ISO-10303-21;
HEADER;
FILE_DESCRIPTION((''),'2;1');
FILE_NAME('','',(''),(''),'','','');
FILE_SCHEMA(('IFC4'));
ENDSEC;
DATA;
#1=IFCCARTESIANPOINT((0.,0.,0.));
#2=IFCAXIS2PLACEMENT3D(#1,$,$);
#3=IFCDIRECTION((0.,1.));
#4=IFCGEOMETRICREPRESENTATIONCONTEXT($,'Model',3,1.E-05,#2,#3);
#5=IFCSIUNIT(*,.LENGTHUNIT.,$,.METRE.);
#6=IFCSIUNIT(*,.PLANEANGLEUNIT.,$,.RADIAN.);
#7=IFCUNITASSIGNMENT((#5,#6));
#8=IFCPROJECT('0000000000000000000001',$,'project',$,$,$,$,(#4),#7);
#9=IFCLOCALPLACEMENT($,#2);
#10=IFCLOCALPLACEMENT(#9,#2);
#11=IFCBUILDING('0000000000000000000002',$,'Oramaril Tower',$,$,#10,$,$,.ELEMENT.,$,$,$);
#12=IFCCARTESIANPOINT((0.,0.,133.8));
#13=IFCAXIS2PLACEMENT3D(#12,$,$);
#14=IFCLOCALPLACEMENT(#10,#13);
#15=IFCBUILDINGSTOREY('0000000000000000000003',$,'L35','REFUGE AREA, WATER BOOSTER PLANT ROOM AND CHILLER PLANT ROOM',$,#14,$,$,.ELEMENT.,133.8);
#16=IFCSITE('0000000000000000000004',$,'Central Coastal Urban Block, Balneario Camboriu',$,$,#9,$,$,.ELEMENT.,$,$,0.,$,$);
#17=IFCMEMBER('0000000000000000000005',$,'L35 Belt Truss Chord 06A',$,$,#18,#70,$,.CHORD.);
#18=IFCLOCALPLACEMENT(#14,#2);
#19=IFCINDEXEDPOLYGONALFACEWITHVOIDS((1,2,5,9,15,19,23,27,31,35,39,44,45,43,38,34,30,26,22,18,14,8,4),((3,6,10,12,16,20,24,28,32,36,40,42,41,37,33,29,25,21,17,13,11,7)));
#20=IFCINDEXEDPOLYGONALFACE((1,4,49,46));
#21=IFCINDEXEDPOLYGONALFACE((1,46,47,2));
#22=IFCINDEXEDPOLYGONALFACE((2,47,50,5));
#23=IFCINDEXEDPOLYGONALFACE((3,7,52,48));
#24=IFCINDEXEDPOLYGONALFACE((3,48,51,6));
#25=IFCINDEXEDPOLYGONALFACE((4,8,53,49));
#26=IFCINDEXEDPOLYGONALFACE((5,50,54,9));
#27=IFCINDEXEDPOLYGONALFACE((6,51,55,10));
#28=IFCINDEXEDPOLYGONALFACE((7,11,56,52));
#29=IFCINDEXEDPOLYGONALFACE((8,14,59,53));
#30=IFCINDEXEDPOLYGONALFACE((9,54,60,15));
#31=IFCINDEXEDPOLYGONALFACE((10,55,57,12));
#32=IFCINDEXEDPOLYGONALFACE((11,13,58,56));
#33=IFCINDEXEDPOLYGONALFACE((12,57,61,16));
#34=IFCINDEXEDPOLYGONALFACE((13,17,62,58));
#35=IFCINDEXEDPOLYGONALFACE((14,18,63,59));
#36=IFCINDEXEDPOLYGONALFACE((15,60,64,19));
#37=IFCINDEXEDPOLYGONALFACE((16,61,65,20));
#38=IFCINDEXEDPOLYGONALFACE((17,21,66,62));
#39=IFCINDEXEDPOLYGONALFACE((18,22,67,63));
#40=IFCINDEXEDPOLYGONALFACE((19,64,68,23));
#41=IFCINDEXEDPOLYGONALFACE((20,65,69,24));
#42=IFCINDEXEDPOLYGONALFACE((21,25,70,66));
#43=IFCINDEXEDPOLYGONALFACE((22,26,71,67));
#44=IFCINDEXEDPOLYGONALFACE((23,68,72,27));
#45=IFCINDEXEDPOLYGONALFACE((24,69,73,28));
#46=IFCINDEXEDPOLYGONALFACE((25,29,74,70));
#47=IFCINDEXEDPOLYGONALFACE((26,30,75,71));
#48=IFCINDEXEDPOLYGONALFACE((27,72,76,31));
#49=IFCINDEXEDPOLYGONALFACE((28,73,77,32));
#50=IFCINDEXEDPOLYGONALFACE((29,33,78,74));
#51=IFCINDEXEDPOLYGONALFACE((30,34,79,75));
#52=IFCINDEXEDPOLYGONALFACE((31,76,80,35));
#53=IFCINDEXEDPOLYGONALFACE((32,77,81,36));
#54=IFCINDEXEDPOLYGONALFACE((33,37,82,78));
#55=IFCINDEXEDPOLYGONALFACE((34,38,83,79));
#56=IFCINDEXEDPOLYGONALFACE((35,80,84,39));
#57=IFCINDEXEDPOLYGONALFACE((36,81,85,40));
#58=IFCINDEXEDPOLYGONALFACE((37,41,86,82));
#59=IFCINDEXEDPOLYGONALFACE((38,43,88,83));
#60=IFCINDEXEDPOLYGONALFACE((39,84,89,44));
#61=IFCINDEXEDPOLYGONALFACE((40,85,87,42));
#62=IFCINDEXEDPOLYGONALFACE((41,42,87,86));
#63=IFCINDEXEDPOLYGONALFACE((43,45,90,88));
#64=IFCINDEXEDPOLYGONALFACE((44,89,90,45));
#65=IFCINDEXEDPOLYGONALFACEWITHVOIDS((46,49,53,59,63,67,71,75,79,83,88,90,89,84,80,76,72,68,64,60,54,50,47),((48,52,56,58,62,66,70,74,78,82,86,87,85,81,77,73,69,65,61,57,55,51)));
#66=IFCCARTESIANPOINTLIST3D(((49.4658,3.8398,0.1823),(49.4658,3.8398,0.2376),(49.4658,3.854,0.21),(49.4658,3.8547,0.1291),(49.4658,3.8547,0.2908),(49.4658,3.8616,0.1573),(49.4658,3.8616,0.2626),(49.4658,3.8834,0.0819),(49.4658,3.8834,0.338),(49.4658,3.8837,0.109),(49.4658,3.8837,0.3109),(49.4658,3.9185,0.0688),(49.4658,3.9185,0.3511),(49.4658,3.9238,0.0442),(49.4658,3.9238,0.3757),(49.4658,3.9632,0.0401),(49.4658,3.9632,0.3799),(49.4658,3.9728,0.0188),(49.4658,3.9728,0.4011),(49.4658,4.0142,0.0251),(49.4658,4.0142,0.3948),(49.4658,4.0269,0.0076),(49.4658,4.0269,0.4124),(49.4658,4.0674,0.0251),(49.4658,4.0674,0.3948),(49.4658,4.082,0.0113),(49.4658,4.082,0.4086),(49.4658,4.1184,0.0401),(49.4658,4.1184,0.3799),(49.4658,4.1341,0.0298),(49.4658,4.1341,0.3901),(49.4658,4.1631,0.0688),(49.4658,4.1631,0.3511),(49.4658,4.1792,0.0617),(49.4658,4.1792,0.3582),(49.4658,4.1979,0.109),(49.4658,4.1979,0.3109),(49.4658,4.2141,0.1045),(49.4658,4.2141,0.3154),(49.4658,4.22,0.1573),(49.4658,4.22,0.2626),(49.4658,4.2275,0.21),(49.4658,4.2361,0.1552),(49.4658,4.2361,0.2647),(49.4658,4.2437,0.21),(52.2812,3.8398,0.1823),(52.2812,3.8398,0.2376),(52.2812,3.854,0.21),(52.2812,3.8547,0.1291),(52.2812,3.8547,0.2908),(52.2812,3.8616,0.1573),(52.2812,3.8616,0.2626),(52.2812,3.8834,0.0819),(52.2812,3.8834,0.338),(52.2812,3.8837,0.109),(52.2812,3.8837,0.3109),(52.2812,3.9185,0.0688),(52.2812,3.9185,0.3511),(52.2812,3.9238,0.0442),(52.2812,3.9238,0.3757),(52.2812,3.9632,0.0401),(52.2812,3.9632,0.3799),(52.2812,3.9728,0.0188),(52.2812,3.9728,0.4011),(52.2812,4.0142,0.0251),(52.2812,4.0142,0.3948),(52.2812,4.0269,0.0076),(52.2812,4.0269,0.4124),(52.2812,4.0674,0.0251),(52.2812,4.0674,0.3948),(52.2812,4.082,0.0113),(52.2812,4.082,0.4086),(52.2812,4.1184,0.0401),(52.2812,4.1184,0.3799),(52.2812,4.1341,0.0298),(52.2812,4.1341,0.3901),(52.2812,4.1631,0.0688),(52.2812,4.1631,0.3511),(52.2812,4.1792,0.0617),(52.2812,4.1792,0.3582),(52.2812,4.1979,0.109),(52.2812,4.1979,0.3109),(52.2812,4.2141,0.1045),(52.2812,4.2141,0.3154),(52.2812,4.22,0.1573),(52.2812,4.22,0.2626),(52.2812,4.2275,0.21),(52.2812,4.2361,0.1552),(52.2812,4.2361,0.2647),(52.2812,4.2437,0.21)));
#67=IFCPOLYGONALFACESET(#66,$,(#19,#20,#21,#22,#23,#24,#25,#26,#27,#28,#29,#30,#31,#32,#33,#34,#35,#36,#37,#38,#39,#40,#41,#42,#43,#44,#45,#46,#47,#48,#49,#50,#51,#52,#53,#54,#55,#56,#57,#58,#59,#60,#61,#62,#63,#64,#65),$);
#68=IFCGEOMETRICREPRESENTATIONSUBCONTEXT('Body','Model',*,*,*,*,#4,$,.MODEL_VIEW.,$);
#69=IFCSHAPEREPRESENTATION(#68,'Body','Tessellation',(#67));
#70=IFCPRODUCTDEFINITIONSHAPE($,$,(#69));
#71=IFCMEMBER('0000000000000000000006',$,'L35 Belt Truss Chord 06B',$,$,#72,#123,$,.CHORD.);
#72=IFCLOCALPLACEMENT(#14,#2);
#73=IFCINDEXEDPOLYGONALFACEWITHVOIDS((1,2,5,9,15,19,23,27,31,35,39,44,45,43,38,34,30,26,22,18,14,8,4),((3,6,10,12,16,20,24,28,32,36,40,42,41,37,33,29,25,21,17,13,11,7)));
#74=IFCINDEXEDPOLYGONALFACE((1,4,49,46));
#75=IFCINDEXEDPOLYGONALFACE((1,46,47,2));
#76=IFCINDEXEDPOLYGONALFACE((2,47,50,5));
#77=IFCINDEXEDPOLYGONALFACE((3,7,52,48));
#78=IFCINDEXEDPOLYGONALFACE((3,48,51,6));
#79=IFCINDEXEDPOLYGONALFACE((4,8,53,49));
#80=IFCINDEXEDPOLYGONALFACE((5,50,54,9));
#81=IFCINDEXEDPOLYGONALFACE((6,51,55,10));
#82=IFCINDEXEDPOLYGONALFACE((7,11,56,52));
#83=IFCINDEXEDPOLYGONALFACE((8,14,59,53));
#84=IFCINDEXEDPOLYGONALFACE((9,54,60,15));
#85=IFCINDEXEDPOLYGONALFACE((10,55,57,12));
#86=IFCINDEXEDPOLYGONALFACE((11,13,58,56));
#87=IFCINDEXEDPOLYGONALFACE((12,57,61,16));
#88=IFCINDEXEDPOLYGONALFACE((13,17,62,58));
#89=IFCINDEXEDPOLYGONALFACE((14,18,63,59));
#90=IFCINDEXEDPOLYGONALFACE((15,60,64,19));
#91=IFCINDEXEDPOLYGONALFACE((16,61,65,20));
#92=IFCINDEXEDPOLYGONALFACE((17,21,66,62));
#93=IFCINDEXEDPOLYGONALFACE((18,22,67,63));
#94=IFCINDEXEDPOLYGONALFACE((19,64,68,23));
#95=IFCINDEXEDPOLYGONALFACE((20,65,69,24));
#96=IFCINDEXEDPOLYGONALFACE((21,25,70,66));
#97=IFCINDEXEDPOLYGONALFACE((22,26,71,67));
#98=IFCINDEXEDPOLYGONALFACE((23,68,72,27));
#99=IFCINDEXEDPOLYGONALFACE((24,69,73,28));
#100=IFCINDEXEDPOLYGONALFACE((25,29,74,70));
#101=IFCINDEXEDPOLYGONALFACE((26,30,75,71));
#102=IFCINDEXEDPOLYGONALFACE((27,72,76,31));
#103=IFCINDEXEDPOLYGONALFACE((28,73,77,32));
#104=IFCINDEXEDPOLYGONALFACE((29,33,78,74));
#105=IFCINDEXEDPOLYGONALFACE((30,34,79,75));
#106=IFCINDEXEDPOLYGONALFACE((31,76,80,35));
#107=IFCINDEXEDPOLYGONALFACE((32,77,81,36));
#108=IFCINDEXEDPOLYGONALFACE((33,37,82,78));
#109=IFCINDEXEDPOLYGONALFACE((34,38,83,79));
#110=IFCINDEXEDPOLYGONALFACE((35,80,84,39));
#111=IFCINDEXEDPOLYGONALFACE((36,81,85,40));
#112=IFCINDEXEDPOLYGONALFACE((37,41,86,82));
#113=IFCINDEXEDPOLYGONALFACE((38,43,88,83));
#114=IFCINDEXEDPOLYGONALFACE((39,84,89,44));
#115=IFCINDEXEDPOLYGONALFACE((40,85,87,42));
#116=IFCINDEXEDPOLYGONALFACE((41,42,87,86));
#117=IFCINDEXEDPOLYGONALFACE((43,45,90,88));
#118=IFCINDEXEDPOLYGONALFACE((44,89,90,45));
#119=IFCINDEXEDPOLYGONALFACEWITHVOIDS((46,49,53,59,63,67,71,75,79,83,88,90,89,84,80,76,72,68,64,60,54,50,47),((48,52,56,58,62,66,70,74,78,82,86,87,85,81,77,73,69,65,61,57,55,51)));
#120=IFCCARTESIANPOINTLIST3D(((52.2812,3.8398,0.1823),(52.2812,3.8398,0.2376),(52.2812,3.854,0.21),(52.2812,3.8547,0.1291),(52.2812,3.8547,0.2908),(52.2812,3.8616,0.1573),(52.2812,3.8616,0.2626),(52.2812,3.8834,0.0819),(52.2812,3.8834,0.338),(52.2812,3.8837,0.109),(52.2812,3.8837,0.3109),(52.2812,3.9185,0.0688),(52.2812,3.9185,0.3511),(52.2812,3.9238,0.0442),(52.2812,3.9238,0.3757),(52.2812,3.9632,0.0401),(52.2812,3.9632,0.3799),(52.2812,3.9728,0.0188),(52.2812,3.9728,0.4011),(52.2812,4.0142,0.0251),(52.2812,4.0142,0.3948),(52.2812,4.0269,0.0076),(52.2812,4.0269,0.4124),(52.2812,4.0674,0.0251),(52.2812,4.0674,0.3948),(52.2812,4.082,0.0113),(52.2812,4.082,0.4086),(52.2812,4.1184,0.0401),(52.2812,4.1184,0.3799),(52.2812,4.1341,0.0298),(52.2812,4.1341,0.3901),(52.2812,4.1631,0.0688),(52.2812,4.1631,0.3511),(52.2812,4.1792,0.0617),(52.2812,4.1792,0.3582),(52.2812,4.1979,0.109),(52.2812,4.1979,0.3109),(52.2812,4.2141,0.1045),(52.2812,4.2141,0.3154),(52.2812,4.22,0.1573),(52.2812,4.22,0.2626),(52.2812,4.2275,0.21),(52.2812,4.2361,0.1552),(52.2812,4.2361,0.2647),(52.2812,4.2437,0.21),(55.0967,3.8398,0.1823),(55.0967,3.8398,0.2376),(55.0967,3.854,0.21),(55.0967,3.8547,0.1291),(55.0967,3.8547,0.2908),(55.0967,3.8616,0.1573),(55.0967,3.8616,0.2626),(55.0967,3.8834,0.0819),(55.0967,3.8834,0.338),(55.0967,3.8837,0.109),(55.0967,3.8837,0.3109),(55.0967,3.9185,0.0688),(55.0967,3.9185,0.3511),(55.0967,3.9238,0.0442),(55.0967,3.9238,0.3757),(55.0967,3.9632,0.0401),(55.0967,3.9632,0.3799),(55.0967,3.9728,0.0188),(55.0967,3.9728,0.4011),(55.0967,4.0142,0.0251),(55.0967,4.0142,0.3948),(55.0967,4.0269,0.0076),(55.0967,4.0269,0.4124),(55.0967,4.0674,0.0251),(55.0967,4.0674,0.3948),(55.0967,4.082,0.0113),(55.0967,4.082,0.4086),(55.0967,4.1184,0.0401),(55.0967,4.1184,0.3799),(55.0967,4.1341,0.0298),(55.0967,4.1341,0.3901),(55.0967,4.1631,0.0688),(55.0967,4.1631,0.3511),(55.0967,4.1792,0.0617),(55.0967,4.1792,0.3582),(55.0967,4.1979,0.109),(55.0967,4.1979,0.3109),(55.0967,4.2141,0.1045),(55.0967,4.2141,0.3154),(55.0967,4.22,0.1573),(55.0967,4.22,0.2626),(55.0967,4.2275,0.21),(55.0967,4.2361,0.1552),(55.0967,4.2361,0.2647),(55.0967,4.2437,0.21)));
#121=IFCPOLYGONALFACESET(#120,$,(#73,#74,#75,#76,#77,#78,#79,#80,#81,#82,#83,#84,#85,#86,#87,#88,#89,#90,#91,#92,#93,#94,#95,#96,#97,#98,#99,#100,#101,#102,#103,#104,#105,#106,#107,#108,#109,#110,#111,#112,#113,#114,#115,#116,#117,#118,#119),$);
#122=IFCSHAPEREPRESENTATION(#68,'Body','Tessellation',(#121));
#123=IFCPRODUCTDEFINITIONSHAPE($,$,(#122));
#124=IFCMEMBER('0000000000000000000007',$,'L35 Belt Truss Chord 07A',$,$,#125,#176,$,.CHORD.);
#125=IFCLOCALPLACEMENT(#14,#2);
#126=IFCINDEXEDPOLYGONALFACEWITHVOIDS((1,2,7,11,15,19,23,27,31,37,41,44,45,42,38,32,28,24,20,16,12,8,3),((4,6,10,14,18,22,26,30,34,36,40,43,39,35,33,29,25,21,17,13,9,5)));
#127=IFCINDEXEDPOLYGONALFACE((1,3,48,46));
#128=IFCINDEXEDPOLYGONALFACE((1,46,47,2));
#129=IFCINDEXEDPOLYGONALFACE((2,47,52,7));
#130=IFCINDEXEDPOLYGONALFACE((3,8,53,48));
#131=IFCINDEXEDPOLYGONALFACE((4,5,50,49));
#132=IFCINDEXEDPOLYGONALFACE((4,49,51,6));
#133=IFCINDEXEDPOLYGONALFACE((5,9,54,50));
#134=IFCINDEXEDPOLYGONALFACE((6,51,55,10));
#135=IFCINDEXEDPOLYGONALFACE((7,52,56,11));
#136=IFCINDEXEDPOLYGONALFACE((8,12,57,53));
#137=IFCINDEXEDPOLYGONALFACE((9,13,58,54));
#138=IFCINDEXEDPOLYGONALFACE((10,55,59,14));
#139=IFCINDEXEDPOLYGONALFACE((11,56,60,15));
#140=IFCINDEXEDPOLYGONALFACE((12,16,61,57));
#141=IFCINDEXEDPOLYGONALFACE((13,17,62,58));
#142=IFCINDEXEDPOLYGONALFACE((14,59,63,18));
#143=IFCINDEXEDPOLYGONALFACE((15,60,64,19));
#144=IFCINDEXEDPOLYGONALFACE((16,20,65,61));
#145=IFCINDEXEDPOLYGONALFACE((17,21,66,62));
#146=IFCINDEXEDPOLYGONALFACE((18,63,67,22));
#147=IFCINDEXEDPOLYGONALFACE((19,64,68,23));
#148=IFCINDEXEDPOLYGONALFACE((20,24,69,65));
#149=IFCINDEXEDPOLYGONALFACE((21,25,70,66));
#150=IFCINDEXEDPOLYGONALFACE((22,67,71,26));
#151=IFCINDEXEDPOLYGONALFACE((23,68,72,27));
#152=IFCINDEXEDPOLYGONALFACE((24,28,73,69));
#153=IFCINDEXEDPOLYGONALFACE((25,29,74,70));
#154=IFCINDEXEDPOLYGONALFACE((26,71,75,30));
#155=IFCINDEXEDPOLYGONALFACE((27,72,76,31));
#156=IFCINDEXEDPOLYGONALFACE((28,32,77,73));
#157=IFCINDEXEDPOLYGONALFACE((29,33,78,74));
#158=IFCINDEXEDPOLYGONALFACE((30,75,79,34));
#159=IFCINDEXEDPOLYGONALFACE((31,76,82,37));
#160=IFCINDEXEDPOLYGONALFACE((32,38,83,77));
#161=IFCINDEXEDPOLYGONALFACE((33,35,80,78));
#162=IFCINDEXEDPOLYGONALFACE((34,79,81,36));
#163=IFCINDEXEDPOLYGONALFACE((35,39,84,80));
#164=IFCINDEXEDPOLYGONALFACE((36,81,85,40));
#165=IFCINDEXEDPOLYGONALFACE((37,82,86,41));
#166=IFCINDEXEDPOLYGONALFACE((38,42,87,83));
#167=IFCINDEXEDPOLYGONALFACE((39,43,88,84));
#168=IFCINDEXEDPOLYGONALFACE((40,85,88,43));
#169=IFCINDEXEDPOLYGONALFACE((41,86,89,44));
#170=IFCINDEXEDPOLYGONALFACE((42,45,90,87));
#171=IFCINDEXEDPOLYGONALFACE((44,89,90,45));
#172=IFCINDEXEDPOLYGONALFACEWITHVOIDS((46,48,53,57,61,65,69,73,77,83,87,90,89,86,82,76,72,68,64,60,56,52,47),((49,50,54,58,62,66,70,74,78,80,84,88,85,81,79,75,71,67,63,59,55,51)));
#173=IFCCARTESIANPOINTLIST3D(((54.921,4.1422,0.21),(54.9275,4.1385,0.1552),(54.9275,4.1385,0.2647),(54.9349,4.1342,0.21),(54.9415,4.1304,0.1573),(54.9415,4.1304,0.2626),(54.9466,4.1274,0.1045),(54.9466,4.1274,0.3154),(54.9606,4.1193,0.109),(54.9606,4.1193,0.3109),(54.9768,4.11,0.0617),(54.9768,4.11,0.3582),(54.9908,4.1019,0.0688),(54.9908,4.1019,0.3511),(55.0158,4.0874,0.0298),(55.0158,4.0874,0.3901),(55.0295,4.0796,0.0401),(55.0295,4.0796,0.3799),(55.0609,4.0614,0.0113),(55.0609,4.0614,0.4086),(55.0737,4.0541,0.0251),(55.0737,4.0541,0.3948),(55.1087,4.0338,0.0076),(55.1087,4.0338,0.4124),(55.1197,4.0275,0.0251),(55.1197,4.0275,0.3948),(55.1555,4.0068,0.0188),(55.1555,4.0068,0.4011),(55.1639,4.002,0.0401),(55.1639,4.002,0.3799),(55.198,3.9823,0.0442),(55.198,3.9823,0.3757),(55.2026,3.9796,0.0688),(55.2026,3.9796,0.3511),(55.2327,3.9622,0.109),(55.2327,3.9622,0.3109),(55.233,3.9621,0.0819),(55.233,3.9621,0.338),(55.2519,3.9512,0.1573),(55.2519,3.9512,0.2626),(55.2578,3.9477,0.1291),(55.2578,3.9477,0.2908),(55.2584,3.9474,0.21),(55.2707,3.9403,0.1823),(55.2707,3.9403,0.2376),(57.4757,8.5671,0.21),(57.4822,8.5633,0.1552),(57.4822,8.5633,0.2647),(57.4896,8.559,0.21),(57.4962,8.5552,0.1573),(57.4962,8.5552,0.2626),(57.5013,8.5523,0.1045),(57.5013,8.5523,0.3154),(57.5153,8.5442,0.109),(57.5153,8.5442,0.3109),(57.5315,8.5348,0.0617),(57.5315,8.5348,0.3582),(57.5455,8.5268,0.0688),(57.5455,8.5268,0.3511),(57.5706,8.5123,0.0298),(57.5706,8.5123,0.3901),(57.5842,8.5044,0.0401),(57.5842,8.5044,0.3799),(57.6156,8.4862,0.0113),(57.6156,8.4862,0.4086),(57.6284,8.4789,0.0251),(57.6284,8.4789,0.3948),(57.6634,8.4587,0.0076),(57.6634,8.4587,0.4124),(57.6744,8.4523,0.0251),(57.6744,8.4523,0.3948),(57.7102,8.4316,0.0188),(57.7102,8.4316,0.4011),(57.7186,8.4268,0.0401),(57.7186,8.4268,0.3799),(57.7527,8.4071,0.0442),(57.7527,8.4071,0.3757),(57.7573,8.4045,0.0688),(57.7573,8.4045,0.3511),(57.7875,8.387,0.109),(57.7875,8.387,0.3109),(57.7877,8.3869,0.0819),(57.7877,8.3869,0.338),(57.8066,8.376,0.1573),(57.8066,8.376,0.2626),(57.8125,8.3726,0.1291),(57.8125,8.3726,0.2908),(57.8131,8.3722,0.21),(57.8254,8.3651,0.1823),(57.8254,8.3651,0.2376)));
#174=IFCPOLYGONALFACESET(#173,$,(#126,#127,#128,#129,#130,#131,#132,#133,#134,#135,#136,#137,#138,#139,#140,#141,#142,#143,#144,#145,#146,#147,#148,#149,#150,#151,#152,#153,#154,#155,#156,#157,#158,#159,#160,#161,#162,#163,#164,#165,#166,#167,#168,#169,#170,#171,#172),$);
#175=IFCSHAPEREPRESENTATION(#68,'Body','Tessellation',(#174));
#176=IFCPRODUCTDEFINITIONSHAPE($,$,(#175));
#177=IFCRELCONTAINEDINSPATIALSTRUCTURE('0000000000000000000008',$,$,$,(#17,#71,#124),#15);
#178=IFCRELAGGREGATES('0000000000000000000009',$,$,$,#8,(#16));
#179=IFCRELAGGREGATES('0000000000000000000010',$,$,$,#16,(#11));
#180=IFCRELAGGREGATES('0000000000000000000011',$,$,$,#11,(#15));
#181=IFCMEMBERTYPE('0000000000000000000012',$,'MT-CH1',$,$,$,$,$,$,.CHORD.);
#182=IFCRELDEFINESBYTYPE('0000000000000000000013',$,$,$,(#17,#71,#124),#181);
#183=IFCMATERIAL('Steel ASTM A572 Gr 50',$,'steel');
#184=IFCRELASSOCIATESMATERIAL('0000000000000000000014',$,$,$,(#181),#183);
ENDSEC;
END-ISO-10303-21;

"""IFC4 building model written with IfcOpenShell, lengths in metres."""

from ifc_helpers import new_model, si_unit, direction, frame, origin, origin_2d, place, context, subcontext, project, spatial, hollow_circle, extrude, material, material_profile, profile_set, type_object, element, save


model = new_model("IFC4")

# Units and contexts
model_context = context("Model", 3, precision=1e-05, world=origin(), true_north=direction((0.0, 1.0)))
body_context = subcontext(model_context, "Body", "Model", "MODEL_VIEW")
ifc_project = project(units=[si_unit("LENGTHUNIT", "METRE"), si_unit("PLANEANGLEUNIT", "RADIAN")], contexts=[model_context])

# Site, building, storey
site_placement = place(None, origin())
site = spatial("IfcSite", under=ifc_project, at=site_placement, Name="Central Coastal Urban Block, Balneario Camboriu", CompositionType="ELEMENT", RefElevation=0.0)
building_placement = place(site_placement, origin())
building = spatial("IfcBuilding", under=site, at=building_placement, Name="Oramaril Tower", CompositionType="ELEMENT")
storey_placement = place(building_placement, frame((0.0, 0.0, 133.8)))
storey = spatial("IfcBuildingStorey", under=building, at=storey_placement, Name="L35", Description="REFUGE AREA, WATER BOOSTER PLANT ROOM AND CHILLER PLANT ROOM", CompositionType="ELEMENT", Elevation=133.8)

# Members
ifc_material_1 = material(Name="Steel ASTM A572 Gr 50", Category="steel")
ifc_material_profile_1 = material_profile(ifc_material_1, hollow_circle(Radius=0.2029, WallThickness=0.0161, at=origin_2d()), Name="CHS406X16")
ifc_profile_set_1 = profile_set([ifc_material_profile_1], Name="Steel ASTM A572 Gr 50")
member_type_1 = type_object("IfcMemberType", Name="MT-CH1", PredefinedType="CHORD", material=ifc_profile_set_1)
for number, where, z_axis, x_axis, name in (
    (1, (49.4658, 4.0408, 0.21), (1.0, 0.0, 0.0), (0.0, 1.0, 0.0), "L35 Belt Truss Chord 06A"),
    (2, (52.2812, 4.0408, 0.21), (1.0, 0.0, 0.0), (0.0, 1.0, 0.0), "L35 Belt Truss Chord 06B"),
):
    element("IfcMember", number, at=place(storey_placement, frame(where, z_axis=z_axis, x_axis=x_axis)), inside=storey, type_object=member_type_1, Name=name, PredefinedType="CHORD", context=body_context, shape_type="SweptSolid", body=[
        extrude(hollow_circle(Radius=0.2029, WallThickness=0.0161, at=origin_2d()), origin(), (0.0, 0.0, 1.0), 2.8154),
    ])
for number, where, z_axis, x_axis, name in (
    (3, (55.0967, 4.0408, 0.21), (0.500004, 0.866023, 0.0), (-0.866023, 0.500004, 0.0), "L35 Belt Truss Chord 07A"),
):
    element("IfcMember", number, at=place(storey_placement, frame(where, z_axis=z_axis, x_axis=x_axis)), inside=storey, type_object=member_type_1, Name=name, PredefinedType="CHORD", context=body_context, shape_type="SweptSolid", body=[
        extrude(hollow_circle(Radius=0.2029, WallThickness=0.0161, at=origin_2d()), origin(), (0.0, 0.0, 1.0), 5.1094),
    ])

save(model, "model.ifc")
